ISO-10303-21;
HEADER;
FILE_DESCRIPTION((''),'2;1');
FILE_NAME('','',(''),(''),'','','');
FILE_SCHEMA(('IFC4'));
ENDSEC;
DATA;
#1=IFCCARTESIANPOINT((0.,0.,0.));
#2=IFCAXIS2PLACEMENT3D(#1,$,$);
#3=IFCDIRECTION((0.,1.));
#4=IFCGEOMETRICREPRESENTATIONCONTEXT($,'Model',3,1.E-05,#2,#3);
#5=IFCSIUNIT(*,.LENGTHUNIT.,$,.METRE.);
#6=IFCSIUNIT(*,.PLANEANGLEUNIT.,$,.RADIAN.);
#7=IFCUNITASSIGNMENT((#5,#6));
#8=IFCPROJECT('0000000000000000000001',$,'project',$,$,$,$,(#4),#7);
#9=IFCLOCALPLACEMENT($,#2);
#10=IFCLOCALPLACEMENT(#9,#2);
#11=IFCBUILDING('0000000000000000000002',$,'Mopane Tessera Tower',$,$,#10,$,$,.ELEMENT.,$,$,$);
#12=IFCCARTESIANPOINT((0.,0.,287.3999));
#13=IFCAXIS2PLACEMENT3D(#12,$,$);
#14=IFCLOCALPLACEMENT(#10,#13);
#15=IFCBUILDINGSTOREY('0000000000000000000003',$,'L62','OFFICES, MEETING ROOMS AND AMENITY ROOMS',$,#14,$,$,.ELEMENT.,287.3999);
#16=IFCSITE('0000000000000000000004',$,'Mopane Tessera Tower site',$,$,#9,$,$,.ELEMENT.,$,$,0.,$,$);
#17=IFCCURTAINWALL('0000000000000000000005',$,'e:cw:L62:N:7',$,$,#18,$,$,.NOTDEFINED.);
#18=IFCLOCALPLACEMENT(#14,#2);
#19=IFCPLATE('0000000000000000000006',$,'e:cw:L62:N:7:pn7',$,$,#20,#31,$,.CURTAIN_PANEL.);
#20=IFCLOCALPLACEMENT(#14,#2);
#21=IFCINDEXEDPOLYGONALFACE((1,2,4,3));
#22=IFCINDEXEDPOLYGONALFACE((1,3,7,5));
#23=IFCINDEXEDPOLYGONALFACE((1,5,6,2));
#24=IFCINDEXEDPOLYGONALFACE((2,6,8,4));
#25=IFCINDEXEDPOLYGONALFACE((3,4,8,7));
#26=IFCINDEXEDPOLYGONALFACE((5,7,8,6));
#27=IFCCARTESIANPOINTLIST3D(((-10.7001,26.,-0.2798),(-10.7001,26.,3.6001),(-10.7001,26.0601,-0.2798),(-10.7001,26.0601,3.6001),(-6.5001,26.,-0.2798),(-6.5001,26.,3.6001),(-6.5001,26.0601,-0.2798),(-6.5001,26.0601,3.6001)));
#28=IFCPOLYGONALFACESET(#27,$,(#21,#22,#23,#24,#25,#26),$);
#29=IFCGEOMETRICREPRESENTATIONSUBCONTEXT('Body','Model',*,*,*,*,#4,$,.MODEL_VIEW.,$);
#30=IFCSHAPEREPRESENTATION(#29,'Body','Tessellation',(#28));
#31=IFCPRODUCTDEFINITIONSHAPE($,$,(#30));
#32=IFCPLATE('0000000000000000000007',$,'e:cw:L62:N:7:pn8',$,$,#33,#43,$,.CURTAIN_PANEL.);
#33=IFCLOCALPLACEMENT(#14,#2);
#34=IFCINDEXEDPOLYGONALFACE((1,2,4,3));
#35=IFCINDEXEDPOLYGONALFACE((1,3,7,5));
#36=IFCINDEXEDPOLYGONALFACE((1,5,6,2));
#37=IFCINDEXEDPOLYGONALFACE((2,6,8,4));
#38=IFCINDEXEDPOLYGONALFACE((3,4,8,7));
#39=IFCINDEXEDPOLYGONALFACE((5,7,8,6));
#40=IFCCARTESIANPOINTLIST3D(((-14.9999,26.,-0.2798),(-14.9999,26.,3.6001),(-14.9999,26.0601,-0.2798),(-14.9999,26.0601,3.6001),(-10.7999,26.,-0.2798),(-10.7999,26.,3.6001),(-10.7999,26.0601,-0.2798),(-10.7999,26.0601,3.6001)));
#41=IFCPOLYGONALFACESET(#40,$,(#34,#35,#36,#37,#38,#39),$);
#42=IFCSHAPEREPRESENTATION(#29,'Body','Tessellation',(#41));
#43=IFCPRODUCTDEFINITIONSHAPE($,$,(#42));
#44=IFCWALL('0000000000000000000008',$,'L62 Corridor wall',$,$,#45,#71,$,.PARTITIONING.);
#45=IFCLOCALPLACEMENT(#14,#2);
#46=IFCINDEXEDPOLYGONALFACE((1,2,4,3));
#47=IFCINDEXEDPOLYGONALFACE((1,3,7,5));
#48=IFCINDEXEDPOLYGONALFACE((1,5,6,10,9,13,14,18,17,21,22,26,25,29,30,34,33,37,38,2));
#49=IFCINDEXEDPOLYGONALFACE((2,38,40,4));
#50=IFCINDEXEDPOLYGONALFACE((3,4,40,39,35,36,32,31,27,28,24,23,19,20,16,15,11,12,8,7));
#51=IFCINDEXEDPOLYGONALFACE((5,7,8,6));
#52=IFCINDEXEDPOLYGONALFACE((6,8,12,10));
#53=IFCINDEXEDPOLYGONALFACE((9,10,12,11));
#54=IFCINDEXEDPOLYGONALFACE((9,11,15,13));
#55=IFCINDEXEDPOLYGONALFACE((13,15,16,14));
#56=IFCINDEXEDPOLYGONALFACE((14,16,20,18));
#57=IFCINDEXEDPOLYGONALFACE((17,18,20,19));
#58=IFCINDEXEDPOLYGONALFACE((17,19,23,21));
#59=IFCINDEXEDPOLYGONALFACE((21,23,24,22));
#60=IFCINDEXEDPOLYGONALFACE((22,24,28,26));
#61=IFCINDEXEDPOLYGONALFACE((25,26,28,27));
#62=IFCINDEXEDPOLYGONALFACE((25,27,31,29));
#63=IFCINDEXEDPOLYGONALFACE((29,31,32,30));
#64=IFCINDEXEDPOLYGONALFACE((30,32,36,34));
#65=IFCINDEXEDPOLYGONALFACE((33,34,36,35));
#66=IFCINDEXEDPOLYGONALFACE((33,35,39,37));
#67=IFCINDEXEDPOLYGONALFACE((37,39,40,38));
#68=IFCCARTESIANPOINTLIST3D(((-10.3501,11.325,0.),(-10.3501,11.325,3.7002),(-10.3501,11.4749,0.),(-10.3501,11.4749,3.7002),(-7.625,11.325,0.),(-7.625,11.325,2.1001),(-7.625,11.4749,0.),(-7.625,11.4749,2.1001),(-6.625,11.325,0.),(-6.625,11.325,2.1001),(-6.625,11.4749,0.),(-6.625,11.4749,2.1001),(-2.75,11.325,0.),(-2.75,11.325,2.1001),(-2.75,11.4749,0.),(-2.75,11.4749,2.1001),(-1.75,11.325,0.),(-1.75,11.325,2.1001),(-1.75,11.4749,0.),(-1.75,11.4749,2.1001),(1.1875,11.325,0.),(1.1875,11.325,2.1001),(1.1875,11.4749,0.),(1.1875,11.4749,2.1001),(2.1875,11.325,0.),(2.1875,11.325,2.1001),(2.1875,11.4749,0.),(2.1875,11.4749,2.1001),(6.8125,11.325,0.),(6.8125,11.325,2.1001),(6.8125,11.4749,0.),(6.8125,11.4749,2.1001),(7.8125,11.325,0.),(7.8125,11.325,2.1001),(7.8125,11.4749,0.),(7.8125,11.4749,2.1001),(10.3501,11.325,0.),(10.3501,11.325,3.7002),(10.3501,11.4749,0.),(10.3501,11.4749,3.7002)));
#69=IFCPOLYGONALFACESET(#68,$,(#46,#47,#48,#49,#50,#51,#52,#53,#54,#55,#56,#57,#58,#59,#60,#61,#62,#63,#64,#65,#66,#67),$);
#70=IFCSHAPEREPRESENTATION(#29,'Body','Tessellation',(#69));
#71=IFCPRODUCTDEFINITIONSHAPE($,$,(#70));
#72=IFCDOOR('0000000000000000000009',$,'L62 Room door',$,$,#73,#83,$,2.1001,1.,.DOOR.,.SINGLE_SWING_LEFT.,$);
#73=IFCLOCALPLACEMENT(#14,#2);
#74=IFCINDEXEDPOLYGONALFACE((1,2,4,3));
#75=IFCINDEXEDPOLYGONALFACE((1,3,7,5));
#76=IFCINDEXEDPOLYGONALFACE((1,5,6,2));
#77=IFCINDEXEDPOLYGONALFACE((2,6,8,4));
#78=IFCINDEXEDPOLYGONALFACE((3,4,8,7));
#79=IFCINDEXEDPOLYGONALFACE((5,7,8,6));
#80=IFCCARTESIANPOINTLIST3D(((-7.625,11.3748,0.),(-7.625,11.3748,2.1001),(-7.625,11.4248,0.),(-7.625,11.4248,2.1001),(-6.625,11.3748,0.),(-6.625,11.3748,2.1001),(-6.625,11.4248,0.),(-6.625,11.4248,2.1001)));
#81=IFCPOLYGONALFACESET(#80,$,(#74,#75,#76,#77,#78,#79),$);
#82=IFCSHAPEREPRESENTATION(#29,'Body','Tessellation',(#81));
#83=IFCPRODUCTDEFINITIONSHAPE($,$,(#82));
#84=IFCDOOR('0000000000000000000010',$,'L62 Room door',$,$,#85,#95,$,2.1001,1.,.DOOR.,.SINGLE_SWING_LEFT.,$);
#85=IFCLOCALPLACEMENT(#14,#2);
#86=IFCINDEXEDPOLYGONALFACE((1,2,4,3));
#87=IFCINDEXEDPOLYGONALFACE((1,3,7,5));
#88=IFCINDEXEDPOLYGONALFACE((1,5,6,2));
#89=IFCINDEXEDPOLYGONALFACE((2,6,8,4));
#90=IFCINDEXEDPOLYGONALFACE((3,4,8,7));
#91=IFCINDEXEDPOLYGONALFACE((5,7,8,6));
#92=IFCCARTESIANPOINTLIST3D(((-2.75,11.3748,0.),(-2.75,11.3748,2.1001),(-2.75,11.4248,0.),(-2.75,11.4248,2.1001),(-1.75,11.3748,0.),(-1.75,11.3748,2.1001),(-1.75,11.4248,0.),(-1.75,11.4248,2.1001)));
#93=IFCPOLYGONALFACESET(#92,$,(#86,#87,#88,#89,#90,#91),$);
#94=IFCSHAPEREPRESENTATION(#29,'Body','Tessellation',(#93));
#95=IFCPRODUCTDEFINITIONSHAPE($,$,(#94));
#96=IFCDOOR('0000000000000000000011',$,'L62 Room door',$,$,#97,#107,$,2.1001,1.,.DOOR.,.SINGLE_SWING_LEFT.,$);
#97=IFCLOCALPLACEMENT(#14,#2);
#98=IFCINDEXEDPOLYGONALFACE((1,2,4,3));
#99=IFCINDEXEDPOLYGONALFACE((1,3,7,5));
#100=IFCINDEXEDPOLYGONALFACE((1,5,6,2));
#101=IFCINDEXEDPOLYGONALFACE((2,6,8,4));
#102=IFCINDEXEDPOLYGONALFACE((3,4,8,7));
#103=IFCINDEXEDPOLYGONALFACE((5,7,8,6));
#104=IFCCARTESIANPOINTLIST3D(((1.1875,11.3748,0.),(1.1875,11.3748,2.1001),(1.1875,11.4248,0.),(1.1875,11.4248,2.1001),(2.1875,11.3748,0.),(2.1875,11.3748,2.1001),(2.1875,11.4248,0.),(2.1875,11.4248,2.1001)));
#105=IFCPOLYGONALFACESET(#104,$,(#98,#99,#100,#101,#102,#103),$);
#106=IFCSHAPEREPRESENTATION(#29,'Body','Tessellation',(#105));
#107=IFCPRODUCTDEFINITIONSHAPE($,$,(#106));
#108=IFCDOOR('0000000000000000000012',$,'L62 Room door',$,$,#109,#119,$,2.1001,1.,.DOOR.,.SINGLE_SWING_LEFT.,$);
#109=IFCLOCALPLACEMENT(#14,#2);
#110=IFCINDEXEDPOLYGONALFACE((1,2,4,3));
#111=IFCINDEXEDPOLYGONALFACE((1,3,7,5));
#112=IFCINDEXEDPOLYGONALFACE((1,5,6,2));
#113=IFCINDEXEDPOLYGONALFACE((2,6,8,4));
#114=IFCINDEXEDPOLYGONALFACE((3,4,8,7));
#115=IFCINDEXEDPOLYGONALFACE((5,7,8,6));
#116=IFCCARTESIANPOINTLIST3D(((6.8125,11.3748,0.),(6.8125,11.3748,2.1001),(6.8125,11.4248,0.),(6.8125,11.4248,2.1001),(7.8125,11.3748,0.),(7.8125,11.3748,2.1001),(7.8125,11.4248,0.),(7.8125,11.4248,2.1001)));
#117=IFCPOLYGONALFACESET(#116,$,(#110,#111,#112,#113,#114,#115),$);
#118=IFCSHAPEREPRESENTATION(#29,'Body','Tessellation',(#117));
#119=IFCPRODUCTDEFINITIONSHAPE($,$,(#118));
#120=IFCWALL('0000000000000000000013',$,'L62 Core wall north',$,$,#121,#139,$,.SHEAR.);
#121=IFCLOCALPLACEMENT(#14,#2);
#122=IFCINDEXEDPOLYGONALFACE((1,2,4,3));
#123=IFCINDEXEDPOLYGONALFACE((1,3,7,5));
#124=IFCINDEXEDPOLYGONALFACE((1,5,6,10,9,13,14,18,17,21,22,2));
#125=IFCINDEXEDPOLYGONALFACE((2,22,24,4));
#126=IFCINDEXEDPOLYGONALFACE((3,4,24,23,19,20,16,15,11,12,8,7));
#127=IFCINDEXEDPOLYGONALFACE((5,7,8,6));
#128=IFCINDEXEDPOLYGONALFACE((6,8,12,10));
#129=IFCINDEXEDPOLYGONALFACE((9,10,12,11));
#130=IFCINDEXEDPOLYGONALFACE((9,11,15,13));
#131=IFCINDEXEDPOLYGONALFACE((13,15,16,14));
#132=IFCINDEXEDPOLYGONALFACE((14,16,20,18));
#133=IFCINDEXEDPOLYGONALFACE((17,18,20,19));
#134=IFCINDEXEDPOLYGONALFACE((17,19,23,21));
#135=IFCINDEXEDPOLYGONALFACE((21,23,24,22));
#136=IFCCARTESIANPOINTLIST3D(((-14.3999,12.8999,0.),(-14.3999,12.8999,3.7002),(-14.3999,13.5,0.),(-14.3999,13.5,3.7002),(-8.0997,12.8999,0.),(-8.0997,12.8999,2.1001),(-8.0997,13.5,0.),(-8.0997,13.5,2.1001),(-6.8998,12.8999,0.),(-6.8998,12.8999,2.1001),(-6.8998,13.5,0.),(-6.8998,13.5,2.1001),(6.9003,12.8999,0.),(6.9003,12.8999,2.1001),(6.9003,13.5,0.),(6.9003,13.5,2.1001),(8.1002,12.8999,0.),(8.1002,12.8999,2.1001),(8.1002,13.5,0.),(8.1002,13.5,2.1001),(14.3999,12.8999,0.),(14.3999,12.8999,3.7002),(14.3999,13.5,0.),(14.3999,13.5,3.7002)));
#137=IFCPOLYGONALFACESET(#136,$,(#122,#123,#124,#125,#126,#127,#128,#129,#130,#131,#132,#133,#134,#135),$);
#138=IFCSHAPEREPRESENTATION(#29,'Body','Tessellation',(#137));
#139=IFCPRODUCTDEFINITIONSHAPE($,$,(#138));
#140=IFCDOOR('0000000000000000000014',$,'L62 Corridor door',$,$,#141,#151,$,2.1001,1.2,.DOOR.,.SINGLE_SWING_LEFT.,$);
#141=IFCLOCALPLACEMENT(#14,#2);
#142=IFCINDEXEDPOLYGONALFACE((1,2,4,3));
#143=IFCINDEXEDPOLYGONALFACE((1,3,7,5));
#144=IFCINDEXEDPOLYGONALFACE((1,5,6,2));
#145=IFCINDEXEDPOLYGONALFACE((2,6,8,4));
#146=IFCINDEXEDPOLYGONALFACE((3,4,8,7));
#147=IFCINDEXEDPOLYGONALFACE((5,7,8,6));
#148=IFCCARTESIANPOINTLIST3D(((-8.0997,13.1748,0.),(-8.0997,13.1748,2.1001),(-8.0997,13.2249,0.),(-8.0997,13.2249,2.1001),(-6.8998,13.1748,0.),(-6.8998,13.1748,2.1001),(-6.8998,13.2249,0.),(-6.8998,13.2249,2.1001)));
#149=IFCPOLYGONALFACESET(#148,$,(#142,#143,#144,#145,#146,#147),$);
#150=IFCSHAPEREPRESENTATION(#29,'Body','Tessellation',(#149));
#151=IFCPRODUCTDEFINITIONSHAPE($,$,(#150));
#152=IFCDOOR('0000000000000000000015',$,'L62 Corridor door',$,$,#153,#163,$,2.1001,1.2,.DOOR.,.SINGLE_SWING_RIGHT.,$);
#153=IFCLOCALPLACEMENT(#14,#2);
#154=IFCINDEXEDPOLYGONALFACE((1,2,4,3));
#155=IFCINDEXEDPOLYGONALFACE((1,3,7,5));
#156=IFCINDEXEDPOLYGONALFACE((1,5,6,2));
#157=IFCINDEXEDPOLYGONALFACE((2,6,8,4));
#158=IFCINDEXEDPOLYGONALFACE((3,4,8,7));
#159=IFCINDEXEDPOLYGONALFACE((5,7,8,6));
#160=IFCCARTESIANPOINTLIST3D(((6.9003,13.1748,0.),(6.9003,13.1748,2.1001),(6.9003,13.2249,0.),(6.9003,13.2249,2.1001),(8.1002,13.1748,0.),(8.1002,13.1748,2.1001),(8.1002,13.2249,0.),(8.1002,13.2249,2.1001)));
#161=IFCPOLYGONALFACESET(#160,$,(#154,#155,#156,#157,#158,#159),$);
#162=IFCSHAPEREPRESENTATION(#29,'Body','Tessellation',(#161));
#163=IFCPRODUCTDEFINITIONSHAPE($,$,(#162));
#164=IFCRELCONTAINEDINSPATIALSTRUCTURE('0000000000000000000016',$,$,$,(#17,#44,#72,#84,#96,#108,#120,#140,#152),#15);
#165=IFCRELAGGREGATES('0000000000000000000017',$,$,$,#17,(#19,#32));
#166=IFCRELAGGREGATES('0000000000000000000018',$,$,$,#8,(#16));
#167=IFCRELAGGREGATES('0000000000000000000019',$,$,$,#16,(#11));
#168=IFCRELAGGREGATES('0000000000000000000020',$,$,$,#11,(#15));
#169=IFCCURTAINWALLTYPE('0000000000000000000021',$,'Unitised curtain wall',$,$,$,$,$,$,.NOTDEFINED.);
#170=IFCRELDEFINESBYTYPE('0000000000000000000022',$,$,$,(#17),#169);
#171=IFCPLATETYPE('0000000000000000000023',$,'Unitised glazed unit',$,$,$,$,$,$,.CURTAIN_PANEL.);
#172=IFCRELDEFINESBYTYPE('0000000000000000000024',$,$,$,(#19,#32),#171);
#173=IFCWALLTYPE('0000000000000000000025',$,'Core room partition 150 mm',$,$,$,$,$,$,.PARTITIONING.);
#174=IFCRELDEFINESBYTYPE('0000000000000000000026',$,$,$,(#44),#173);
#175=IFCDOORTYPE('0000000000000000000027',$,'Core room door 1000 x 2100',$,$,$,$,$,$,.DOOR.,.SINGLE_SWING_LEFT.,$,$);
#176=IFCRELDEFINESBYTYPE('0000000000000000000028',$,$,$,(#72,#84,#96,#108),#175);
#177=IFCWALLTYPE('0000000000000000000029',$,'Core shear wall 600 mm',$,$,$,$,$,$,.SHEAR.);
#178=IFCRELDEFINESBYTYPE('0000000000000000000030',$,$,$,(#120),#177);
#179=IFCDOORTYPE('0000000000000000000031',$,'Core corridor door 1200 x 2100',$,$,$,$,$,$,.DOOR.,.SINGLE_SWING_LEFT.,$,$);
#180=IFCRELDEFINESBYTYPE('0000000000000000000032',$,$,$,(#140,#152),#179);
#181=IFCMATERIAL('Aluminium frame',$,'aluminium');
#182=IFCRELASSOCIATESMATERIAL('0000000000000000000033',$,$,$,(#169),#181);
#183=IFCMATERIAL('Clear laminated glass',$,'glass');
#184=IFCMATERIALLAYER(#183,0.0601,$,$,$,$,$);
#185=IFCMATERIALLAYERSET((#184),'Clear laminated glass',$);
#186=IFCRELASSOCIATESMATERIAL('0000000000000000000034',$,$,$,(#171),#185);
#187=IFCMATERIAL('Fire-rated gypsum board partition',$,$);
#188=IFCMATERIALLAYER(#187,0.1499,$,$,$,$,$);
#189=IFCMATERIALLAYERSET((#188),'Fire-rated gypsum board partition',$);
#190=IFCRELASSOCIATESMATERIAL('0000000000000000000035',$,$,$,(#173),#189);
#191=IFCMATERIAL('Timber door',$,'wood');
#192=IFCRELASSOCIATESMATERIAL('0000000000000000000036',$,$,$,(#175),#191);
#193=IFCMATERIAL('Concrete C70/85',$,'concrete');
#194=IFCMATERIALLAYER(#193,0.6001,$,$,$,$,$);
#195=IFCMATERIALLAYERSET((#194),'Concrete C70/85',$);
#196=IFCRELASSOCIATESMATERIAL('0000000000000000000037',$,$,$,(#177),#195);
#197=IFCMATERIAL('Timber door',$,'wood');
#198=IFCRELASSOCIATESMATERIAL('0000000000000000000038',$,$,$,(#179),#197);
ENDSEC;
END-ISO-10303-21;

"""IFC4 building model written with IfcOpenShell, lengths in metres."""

from ifc_helpers import new_model, si_unit, direction, frame, frame_2d, origin, origin_2d, place, context, subcontext, project, spatial, rectangle, extrude, material, layer, layer_set, type_object, element, fill, aggregate, save


model = new_model("IFC4")

# Units and contexts
model_context = context("Model", 3, precision=1e-05, world=origin(), true_north=direction((0.0, 1.0)))
body_context = subcontext(model_context, "Body", "Model", "MODEL_VIEW")
ifc_project = project(units=[si_unit("LENGTHUNIT", "METRE"), si_unit("PLANEANGLEUNIT", "RADIAN")], contexts=[model_context])

# Site, building, storey
site_placement = place(None, origin())
site = spatial("IfcSite", under=ifc_project, at=site_placement, Name="Mopane Tessera Tower site", CompositionType="ELEMENT", RefElevation=0.0)
building_placement = place(site_placement, origin())
building = spatial("IfcBuilding", under=site, at=building_placement, Name="Mopane Tessera Tower", CompositionType="ELEMENT")
storey_placement = place(building_placement, frame((0.0, 0.0, 287.3999)))
storey = spatial("IfcBuildingStorey", under=building, at=storey_placement, Name="L62", Description="OFFICES, MEETING ROOMS AND AMENITY ROOMS", CompositionType="ELEMENT", Elevation=287.3999)

# Curtain wall
ifc_material_1 = material(Name="Aluminium frame", Category="aluminium")
curtain_wall_type = type_object("IfcCurtainWallType", Name="Unitised curtain wall", PredefinedType="NOTDEFINED", material=ifc_material_1)
curtain_wall_placement = place(storey_placement, origin())
curtain_wall = element("IfcCurtainWall", 1, at=curtain_wall_placement, inside=storey, type_object=curtain_wall_type, Name="e:cw:L62:N:7", PredefinedType="NOTDEFINED")

# Plates
ifc_material_2 = material(Name="Clear laminated glass", Category="glass")
ifc_layer_1 = layer(ifc_material_2, 0.0601)
ifc_layer_set_1 = layer_set([ifc_layer_1], Name="Clear laminated glass")
plate_type = type_object("IfcPlateType", Name="Unitised glazed unit", PredefinedType="CURTAIN_PANEL", material=ifc_layer_set_1)
plate_1_placement = place(storey_placement, frame((-8.6001, 26.03, -0.2798), z_axis=(0.0, 0.0, 1.0), x_axis=(-1.0, 0.0, 0.0)))
plate_1 = element("IfcPlate", 2, at=plate_1_placement, type_object=plate_type, Name="e:cw:L62:N:7:pn7", PredefinedType="CURTAIN_PANEL", context=body_context, shape_type="SweptSolid", body=[
    extrude(rectangle(XDim=4.2, YDim=0.0601, at=origin_2d()), origin(), (0.0, 0.0, 1.0), 3.8799),
])
plate_2_placement = place(storey_placement, frame((-12.8999, 26.03, -0.2798), z_axis=(0.0, 0.0, 1.0), x_axis=(-1.0, 0.0, 0.0)))
plate_2 = element("IfcPlate", 3, at=plate_2_placement, type_object=plate_type, Name="e:cw:L62:N:7:pn8", PredefinedType="CURTAIN_PANEL", context=body_context, shape_type="SweptSolid", body=[
    extrude(rectangle(XDim=4.2, YDim=0.0601, at=origin_2d()), origin(), (0.0, 0.0, 1.0), 3.8799),
])
aggregate(curtain_wall, [plate_1, plate_2])

# Walls, openings, doors
ifc_material_3 = material(Name="Fire-rated gypsum board partition")
ifc_layer_2 = layer(ifc_material_3, 0.1499)
ifc_layer_set_2 = layer_set([ifc_layer_2], Name="Fire-rated gypsum board partition")
wall_type_1 = type_object("IfcWallType", Name="Core room partition 150 mm", PredefinedType="PARTITIONING", material=ifc_layer_set_2)
wall_1_placement = place(storey_placement, frame((-10.3501, 11.3999, 0.0), z_axis=(0.0, 0.0, 1.0), x_axis=(1.0, 0.0, 0.0)))
wall_1 = element("IfcWall", 4, at=wall_1_placement, inside=storey, type_object=wall_type_1, Name="L62 Corridor wall", PredefinedType="PARTITIONING", context=body_context, shape_type="SweptSolid", body=[
    extrude(rectangle(XDim=20.7002, YDim=0.1499, at=frame_2d((10.3501, 0.0))), origin(), (0.0, 0.0, 1.0), 3.7002),
])
opening_1_placement = place(wall_1_placement, frame((2.7251, 0.0, 0.0)))
opening_1 = element("IfcOpeningElement", 5, at=opening_1_placement, cuts=wall_1, PredefinedType="OPENING", context=body_context, shape_type="SweptSolid", body=[
    extrude(rectangle(XDim=1.0, YDim=2.1001, at=frame_2d((0.5, 1.05))), frame((0.0, 0.0869, 0.0), z_axis=(0.0, -1.0, 0.0), x_axis=(1.0, 0.0, 0.0)), (0.0, 0.0, 1.0), 0.1738),
])
opening_2_placement = place(wall_1_placement, frame((7.6001, 0.0, 0.0)))
opening_2 = element("IfcOpeningElement", 6, at=opening_2_placement, cuts=wall_1, PredefinedType="OPENING", context=body_context, shape_type="SweptSolid", body=[
    extrude(rectangle(XDim=1.0, YDim=2.1001, at=frame_2d((0.5, 1.05))), frame((0.0, 0.0869, 0.0), z_axis=(0.0, -1.0, 0.0), x_axis=(1.0, 0.0, 0.0)), (0.0, 0.0, 1.0), 0.1738),
])
opening_3_placement = place(wall_1_placement, frame((11.5376, 0.0, 0.0)))
opening_3 = element("IfcOpeningElement", 7, at=opening_3_placement, cuts=wall_1, PredefinedType="OPENING", context=body_context, shape_type="SweptSolid", body=[
    extrude(rectangle(XDim=1.0, YDim=2.1001, at=frame_2d((0.5, 1.05))), frame((0.0, 0.0869, 0.0), z_axis=(0.0, -1.0, 0.0), x_axis=(1.0, 0.0, 0.0)), (0.0, 0.0, 1.0), 0.1738),
])
opening_4_placement = place(wall_1_placement, frame((17.1626, 0.0, 0.0)))
opening_4 = element("IfcOpeningElement", 8, at=opening_4_placement, cuts=wall_1, PredefinedType="OPENING", context=body_context, shape_type="SweptSolid", body=[
    extrude(rectangle(XDim=1.0, YDim=2.1001, at=frame_2d((0.5, 1.05))), frame((0.0, 0.0869, 0.0), z_axis=(0.0, -1.0, 0.0), x_axis=(1.0, 0.0, 0.0)), (0.0, 0.0, 1.0), 0.1738),
])
ifc_material_4 = material(Name="Timber door", Category="wood")
door_type_1 = type_object("IfcDoorType", Name="Core room door 1000 x 2100", OperationType="SINGLE_SWING_LEFT", PredefinedType="DOOR", material=ifc_material_4)
door_1_placement = place(opening_1_placement, origin())
door_1 = element("IfcDoor", 9, at=door_1_placement, inside=storey, type_object=door_type_1, Name="L62 Room door", OperationType="SINGLE_SWING_LEFT", OverallHeight=2.1001, OverallWidth=1.0, PredefinedType="DOOR", context=body_context, shape_type="SweptSolid", body=[
    extrude(rectangle(XDim=1.0, YDim=2.1001, at=frame_2d((0.5, 1.05))), frame((0.0, 0.0249, 0.0), z_axis=(0.0, -1.0, 0.0), x_axis=(1.0, 0.0, 0.0)), (0.0, 0.0, 1.0), 0.05),
])
fill(opening_1, door_1)
door_2_placement = place(opening_2_placement, origin())
door_2 = element("IfcDoor", 10, at=door_2_placement, inside=storey, type_object=door_type_1, Name="L62 Room door", OperationType="SINGLE_SWING_LEFT", OverallHeight=2.1001, OverallWidth=1.0, PredefinedType="DOOR", context=body_context, shape_type="SweptSolid", body=[
    extrude(rectangle(XDim=1.0, YDim=2.1001, at=frame_2d((0.5, 1.05))), frame((0.0, 0.0249, 0.0), z_axis=(0.0, -1.0, 0.0), x_axis=(1.0, 0.0, 0.0)), (0.0, 0.0, 1.0), 0.05),
])
fill(opening_2, door_2)
door_3_placement = place(opening_3_placement, origin())
door_3 = element("IfcDoor", 11, at=door_3_placement, inside=storey, type_object=door_type_1, Name="L62 Room door", OperationType="SINGLE_SWING_LEFT", OverallHeight=2.1001, OverallWidth=1.0, PredefinedType="DOOR", context=body_context, shape_type="SweptSolid", body=[
    extrude(rectangle(XDim=1.0, YDim=2.1001, at=frame_2d((0.5, 1.05))), frame((0.0, 0.0249, 0.0), z_axis=(0.0, -1.0, 0.0), x_axis=(1.0, 0.0, 0.0)), (0.0, 0.0, 1.0), 0.05),
])
fill(opening_3, door_3)
door_4_placement = place(opening_4_placement, origin())
door_4 = element("IfcDoor", 12, at=door_4_placement, inside=storey, type_object=door_type_1, Name="L62 Room door", OperationType="SINGLE_SWING_LEFT", OverallHeight=2.1001, OverallWidth=1.0, PredefinedType="DOOR", context=body_context, shape_type="SweptSolid", body=[
    extrude(rectangle(XDim=1.0, YDim=2.1001, at=frame_2d((0.5, 1.05))), frame((0.0, 0.0249, 0.0), z_axis=(0.0, -1.0, 0.0), x_axis=(1.0, 0.0, 0.0)), (0.0, 0.0, 1.0), 0.05),
])
fill(opening_4, door_4)
ifc_material_5 = material(Name="Concrete C70/85", Category="concrete")
ifc_layer_3 = layer(ifc_material_5, 0.6001)
ifc_layer_set_3 = layer_set([ifc_layer_3], Name="Concrete C70/85")
wall_type_2 = type_object("IfcWallType", Name="Core shear wall 600 mm", PredefinedType="SHEAR", material=ifc_layer_set_3)
wall_2_placement = place(storey_placement, frame((-14.3999, 13.2, 0.0), z_axis=(0.0, 0.0, 1.0), x_axis=(1.0, 0.0, 0.0)))
wall_2 = element("IfcWall", 13, at=wall_2_placement, inside=storey, type_object=wall_type_2, Name="L62 Core wall north", PredefinedType="SHEAR", context=body_context, shape_type="SweptSolid", body=[
    extrude(rectangle(XDim=28.7998, YDim=0.6001, at=frame_2d((14.3999, 0.0))), origin(), (0.0, 0.0, 1.0), 3.7002),
])
opening_5_placement = place(wall_2_placement, frame((6.3, 0.0, 0.0)))
opening_5 = element("IfcOpeningElement", 14, at=opening_5_placement, cuts=wall_2, PredefinedType="OPENING", context=body_context, shape_type="SweptSolid", body=[
    extrude(rectangle(XDim=1.2, YDim=2.1001, at=frame_2d((0.6001, 1.05))), frame((0.0, 0.312, 0.0), z_axis=(0.0, -1.0, 0.0), x_axis=(1.0, 0.0, 0.0)), (0.0, 0.0, 1.0), 0.624),
])
opening_6_placement = place(wall_2_placement, frame((21.3, 0.0, 0.0)))
opening_6 = element("IfcOpeningElement", 15, at=opening_6_placement, cuts=wall_2, PredefinedType="OPENING", context=body_context, shape_type="SweptSolid", body=[
    extrude(rectangle(XDim=1.2, YDim=2.1001, at=frame_2d((0.6001, 1.05))), frame((0.0, 0.312, 0.0), z_axis=(0.0, -1.0, 0.0), x_axis=(1.0, 0.0, 0.0)), (0.0, 0.0, 1.0), 0.624),
])
ifc_material_6 = material(Name="Timber door", Category="wood")
door_type_2 = type_object("IfcDoorType", Name="Core corridor door 1200 x 2100", OperationType="SINGLE_SWING_LEFT", PredefinedType="DOOR", material=ifc_material_6)
door_5_placement = place(opening_5_placement, origin())
door_5 = element("IfcDoor", 16, at=door_5_placement, inside=storey, type_object=door_type_2, Name="L62 Corridor door", OperationType="SINGLE_SWING_LEFT", OverallHeight=2.1001, OverallWidth=1.2, PredefinedType="DOOR", context=body_context, shape_type="SweptSolid", body=[
    extrude(rectangle(XDim=1.2, YDim=2.1001, at=frame_2d((0.6001, 1.05))), frame((0.0, 0.0249, 0.0), z_axis=(0.0, -1.0, 0.0), x_axis=(1.0, 0.0, 0.0)), (0.0, 0.0, 1.0), 0.05),
])
fill(opening_5, door_5)
door_6_placement = place(opening_6_placement, origin())
door_6 = element("IfcDoor", 17, at=door_6_placement, inside=storey, type_object=door_type_2, Name="L62 Corridor door", OperationType="SINGLE_SWING_RIGHT", OverallHeight=2.1001, OverallWidth=1.2, PredefinedType="DOOR", context=body_context, shape_type="SweptSolid", body=[
    extrude(rectangle(XDim=1.2, YDim=2.1001, at=frame_2d((0.6001, 1.05))), frame((0.0, 0.0249, 0.0), z_axis=(0.0, -1.0, 0.0), x_axis=(1.0, 0.0, 0.0)), (0.0, 0.0, 1.0), 0.05),
])
fill(opening_6, door_6)

save(model, "model.ifc")
